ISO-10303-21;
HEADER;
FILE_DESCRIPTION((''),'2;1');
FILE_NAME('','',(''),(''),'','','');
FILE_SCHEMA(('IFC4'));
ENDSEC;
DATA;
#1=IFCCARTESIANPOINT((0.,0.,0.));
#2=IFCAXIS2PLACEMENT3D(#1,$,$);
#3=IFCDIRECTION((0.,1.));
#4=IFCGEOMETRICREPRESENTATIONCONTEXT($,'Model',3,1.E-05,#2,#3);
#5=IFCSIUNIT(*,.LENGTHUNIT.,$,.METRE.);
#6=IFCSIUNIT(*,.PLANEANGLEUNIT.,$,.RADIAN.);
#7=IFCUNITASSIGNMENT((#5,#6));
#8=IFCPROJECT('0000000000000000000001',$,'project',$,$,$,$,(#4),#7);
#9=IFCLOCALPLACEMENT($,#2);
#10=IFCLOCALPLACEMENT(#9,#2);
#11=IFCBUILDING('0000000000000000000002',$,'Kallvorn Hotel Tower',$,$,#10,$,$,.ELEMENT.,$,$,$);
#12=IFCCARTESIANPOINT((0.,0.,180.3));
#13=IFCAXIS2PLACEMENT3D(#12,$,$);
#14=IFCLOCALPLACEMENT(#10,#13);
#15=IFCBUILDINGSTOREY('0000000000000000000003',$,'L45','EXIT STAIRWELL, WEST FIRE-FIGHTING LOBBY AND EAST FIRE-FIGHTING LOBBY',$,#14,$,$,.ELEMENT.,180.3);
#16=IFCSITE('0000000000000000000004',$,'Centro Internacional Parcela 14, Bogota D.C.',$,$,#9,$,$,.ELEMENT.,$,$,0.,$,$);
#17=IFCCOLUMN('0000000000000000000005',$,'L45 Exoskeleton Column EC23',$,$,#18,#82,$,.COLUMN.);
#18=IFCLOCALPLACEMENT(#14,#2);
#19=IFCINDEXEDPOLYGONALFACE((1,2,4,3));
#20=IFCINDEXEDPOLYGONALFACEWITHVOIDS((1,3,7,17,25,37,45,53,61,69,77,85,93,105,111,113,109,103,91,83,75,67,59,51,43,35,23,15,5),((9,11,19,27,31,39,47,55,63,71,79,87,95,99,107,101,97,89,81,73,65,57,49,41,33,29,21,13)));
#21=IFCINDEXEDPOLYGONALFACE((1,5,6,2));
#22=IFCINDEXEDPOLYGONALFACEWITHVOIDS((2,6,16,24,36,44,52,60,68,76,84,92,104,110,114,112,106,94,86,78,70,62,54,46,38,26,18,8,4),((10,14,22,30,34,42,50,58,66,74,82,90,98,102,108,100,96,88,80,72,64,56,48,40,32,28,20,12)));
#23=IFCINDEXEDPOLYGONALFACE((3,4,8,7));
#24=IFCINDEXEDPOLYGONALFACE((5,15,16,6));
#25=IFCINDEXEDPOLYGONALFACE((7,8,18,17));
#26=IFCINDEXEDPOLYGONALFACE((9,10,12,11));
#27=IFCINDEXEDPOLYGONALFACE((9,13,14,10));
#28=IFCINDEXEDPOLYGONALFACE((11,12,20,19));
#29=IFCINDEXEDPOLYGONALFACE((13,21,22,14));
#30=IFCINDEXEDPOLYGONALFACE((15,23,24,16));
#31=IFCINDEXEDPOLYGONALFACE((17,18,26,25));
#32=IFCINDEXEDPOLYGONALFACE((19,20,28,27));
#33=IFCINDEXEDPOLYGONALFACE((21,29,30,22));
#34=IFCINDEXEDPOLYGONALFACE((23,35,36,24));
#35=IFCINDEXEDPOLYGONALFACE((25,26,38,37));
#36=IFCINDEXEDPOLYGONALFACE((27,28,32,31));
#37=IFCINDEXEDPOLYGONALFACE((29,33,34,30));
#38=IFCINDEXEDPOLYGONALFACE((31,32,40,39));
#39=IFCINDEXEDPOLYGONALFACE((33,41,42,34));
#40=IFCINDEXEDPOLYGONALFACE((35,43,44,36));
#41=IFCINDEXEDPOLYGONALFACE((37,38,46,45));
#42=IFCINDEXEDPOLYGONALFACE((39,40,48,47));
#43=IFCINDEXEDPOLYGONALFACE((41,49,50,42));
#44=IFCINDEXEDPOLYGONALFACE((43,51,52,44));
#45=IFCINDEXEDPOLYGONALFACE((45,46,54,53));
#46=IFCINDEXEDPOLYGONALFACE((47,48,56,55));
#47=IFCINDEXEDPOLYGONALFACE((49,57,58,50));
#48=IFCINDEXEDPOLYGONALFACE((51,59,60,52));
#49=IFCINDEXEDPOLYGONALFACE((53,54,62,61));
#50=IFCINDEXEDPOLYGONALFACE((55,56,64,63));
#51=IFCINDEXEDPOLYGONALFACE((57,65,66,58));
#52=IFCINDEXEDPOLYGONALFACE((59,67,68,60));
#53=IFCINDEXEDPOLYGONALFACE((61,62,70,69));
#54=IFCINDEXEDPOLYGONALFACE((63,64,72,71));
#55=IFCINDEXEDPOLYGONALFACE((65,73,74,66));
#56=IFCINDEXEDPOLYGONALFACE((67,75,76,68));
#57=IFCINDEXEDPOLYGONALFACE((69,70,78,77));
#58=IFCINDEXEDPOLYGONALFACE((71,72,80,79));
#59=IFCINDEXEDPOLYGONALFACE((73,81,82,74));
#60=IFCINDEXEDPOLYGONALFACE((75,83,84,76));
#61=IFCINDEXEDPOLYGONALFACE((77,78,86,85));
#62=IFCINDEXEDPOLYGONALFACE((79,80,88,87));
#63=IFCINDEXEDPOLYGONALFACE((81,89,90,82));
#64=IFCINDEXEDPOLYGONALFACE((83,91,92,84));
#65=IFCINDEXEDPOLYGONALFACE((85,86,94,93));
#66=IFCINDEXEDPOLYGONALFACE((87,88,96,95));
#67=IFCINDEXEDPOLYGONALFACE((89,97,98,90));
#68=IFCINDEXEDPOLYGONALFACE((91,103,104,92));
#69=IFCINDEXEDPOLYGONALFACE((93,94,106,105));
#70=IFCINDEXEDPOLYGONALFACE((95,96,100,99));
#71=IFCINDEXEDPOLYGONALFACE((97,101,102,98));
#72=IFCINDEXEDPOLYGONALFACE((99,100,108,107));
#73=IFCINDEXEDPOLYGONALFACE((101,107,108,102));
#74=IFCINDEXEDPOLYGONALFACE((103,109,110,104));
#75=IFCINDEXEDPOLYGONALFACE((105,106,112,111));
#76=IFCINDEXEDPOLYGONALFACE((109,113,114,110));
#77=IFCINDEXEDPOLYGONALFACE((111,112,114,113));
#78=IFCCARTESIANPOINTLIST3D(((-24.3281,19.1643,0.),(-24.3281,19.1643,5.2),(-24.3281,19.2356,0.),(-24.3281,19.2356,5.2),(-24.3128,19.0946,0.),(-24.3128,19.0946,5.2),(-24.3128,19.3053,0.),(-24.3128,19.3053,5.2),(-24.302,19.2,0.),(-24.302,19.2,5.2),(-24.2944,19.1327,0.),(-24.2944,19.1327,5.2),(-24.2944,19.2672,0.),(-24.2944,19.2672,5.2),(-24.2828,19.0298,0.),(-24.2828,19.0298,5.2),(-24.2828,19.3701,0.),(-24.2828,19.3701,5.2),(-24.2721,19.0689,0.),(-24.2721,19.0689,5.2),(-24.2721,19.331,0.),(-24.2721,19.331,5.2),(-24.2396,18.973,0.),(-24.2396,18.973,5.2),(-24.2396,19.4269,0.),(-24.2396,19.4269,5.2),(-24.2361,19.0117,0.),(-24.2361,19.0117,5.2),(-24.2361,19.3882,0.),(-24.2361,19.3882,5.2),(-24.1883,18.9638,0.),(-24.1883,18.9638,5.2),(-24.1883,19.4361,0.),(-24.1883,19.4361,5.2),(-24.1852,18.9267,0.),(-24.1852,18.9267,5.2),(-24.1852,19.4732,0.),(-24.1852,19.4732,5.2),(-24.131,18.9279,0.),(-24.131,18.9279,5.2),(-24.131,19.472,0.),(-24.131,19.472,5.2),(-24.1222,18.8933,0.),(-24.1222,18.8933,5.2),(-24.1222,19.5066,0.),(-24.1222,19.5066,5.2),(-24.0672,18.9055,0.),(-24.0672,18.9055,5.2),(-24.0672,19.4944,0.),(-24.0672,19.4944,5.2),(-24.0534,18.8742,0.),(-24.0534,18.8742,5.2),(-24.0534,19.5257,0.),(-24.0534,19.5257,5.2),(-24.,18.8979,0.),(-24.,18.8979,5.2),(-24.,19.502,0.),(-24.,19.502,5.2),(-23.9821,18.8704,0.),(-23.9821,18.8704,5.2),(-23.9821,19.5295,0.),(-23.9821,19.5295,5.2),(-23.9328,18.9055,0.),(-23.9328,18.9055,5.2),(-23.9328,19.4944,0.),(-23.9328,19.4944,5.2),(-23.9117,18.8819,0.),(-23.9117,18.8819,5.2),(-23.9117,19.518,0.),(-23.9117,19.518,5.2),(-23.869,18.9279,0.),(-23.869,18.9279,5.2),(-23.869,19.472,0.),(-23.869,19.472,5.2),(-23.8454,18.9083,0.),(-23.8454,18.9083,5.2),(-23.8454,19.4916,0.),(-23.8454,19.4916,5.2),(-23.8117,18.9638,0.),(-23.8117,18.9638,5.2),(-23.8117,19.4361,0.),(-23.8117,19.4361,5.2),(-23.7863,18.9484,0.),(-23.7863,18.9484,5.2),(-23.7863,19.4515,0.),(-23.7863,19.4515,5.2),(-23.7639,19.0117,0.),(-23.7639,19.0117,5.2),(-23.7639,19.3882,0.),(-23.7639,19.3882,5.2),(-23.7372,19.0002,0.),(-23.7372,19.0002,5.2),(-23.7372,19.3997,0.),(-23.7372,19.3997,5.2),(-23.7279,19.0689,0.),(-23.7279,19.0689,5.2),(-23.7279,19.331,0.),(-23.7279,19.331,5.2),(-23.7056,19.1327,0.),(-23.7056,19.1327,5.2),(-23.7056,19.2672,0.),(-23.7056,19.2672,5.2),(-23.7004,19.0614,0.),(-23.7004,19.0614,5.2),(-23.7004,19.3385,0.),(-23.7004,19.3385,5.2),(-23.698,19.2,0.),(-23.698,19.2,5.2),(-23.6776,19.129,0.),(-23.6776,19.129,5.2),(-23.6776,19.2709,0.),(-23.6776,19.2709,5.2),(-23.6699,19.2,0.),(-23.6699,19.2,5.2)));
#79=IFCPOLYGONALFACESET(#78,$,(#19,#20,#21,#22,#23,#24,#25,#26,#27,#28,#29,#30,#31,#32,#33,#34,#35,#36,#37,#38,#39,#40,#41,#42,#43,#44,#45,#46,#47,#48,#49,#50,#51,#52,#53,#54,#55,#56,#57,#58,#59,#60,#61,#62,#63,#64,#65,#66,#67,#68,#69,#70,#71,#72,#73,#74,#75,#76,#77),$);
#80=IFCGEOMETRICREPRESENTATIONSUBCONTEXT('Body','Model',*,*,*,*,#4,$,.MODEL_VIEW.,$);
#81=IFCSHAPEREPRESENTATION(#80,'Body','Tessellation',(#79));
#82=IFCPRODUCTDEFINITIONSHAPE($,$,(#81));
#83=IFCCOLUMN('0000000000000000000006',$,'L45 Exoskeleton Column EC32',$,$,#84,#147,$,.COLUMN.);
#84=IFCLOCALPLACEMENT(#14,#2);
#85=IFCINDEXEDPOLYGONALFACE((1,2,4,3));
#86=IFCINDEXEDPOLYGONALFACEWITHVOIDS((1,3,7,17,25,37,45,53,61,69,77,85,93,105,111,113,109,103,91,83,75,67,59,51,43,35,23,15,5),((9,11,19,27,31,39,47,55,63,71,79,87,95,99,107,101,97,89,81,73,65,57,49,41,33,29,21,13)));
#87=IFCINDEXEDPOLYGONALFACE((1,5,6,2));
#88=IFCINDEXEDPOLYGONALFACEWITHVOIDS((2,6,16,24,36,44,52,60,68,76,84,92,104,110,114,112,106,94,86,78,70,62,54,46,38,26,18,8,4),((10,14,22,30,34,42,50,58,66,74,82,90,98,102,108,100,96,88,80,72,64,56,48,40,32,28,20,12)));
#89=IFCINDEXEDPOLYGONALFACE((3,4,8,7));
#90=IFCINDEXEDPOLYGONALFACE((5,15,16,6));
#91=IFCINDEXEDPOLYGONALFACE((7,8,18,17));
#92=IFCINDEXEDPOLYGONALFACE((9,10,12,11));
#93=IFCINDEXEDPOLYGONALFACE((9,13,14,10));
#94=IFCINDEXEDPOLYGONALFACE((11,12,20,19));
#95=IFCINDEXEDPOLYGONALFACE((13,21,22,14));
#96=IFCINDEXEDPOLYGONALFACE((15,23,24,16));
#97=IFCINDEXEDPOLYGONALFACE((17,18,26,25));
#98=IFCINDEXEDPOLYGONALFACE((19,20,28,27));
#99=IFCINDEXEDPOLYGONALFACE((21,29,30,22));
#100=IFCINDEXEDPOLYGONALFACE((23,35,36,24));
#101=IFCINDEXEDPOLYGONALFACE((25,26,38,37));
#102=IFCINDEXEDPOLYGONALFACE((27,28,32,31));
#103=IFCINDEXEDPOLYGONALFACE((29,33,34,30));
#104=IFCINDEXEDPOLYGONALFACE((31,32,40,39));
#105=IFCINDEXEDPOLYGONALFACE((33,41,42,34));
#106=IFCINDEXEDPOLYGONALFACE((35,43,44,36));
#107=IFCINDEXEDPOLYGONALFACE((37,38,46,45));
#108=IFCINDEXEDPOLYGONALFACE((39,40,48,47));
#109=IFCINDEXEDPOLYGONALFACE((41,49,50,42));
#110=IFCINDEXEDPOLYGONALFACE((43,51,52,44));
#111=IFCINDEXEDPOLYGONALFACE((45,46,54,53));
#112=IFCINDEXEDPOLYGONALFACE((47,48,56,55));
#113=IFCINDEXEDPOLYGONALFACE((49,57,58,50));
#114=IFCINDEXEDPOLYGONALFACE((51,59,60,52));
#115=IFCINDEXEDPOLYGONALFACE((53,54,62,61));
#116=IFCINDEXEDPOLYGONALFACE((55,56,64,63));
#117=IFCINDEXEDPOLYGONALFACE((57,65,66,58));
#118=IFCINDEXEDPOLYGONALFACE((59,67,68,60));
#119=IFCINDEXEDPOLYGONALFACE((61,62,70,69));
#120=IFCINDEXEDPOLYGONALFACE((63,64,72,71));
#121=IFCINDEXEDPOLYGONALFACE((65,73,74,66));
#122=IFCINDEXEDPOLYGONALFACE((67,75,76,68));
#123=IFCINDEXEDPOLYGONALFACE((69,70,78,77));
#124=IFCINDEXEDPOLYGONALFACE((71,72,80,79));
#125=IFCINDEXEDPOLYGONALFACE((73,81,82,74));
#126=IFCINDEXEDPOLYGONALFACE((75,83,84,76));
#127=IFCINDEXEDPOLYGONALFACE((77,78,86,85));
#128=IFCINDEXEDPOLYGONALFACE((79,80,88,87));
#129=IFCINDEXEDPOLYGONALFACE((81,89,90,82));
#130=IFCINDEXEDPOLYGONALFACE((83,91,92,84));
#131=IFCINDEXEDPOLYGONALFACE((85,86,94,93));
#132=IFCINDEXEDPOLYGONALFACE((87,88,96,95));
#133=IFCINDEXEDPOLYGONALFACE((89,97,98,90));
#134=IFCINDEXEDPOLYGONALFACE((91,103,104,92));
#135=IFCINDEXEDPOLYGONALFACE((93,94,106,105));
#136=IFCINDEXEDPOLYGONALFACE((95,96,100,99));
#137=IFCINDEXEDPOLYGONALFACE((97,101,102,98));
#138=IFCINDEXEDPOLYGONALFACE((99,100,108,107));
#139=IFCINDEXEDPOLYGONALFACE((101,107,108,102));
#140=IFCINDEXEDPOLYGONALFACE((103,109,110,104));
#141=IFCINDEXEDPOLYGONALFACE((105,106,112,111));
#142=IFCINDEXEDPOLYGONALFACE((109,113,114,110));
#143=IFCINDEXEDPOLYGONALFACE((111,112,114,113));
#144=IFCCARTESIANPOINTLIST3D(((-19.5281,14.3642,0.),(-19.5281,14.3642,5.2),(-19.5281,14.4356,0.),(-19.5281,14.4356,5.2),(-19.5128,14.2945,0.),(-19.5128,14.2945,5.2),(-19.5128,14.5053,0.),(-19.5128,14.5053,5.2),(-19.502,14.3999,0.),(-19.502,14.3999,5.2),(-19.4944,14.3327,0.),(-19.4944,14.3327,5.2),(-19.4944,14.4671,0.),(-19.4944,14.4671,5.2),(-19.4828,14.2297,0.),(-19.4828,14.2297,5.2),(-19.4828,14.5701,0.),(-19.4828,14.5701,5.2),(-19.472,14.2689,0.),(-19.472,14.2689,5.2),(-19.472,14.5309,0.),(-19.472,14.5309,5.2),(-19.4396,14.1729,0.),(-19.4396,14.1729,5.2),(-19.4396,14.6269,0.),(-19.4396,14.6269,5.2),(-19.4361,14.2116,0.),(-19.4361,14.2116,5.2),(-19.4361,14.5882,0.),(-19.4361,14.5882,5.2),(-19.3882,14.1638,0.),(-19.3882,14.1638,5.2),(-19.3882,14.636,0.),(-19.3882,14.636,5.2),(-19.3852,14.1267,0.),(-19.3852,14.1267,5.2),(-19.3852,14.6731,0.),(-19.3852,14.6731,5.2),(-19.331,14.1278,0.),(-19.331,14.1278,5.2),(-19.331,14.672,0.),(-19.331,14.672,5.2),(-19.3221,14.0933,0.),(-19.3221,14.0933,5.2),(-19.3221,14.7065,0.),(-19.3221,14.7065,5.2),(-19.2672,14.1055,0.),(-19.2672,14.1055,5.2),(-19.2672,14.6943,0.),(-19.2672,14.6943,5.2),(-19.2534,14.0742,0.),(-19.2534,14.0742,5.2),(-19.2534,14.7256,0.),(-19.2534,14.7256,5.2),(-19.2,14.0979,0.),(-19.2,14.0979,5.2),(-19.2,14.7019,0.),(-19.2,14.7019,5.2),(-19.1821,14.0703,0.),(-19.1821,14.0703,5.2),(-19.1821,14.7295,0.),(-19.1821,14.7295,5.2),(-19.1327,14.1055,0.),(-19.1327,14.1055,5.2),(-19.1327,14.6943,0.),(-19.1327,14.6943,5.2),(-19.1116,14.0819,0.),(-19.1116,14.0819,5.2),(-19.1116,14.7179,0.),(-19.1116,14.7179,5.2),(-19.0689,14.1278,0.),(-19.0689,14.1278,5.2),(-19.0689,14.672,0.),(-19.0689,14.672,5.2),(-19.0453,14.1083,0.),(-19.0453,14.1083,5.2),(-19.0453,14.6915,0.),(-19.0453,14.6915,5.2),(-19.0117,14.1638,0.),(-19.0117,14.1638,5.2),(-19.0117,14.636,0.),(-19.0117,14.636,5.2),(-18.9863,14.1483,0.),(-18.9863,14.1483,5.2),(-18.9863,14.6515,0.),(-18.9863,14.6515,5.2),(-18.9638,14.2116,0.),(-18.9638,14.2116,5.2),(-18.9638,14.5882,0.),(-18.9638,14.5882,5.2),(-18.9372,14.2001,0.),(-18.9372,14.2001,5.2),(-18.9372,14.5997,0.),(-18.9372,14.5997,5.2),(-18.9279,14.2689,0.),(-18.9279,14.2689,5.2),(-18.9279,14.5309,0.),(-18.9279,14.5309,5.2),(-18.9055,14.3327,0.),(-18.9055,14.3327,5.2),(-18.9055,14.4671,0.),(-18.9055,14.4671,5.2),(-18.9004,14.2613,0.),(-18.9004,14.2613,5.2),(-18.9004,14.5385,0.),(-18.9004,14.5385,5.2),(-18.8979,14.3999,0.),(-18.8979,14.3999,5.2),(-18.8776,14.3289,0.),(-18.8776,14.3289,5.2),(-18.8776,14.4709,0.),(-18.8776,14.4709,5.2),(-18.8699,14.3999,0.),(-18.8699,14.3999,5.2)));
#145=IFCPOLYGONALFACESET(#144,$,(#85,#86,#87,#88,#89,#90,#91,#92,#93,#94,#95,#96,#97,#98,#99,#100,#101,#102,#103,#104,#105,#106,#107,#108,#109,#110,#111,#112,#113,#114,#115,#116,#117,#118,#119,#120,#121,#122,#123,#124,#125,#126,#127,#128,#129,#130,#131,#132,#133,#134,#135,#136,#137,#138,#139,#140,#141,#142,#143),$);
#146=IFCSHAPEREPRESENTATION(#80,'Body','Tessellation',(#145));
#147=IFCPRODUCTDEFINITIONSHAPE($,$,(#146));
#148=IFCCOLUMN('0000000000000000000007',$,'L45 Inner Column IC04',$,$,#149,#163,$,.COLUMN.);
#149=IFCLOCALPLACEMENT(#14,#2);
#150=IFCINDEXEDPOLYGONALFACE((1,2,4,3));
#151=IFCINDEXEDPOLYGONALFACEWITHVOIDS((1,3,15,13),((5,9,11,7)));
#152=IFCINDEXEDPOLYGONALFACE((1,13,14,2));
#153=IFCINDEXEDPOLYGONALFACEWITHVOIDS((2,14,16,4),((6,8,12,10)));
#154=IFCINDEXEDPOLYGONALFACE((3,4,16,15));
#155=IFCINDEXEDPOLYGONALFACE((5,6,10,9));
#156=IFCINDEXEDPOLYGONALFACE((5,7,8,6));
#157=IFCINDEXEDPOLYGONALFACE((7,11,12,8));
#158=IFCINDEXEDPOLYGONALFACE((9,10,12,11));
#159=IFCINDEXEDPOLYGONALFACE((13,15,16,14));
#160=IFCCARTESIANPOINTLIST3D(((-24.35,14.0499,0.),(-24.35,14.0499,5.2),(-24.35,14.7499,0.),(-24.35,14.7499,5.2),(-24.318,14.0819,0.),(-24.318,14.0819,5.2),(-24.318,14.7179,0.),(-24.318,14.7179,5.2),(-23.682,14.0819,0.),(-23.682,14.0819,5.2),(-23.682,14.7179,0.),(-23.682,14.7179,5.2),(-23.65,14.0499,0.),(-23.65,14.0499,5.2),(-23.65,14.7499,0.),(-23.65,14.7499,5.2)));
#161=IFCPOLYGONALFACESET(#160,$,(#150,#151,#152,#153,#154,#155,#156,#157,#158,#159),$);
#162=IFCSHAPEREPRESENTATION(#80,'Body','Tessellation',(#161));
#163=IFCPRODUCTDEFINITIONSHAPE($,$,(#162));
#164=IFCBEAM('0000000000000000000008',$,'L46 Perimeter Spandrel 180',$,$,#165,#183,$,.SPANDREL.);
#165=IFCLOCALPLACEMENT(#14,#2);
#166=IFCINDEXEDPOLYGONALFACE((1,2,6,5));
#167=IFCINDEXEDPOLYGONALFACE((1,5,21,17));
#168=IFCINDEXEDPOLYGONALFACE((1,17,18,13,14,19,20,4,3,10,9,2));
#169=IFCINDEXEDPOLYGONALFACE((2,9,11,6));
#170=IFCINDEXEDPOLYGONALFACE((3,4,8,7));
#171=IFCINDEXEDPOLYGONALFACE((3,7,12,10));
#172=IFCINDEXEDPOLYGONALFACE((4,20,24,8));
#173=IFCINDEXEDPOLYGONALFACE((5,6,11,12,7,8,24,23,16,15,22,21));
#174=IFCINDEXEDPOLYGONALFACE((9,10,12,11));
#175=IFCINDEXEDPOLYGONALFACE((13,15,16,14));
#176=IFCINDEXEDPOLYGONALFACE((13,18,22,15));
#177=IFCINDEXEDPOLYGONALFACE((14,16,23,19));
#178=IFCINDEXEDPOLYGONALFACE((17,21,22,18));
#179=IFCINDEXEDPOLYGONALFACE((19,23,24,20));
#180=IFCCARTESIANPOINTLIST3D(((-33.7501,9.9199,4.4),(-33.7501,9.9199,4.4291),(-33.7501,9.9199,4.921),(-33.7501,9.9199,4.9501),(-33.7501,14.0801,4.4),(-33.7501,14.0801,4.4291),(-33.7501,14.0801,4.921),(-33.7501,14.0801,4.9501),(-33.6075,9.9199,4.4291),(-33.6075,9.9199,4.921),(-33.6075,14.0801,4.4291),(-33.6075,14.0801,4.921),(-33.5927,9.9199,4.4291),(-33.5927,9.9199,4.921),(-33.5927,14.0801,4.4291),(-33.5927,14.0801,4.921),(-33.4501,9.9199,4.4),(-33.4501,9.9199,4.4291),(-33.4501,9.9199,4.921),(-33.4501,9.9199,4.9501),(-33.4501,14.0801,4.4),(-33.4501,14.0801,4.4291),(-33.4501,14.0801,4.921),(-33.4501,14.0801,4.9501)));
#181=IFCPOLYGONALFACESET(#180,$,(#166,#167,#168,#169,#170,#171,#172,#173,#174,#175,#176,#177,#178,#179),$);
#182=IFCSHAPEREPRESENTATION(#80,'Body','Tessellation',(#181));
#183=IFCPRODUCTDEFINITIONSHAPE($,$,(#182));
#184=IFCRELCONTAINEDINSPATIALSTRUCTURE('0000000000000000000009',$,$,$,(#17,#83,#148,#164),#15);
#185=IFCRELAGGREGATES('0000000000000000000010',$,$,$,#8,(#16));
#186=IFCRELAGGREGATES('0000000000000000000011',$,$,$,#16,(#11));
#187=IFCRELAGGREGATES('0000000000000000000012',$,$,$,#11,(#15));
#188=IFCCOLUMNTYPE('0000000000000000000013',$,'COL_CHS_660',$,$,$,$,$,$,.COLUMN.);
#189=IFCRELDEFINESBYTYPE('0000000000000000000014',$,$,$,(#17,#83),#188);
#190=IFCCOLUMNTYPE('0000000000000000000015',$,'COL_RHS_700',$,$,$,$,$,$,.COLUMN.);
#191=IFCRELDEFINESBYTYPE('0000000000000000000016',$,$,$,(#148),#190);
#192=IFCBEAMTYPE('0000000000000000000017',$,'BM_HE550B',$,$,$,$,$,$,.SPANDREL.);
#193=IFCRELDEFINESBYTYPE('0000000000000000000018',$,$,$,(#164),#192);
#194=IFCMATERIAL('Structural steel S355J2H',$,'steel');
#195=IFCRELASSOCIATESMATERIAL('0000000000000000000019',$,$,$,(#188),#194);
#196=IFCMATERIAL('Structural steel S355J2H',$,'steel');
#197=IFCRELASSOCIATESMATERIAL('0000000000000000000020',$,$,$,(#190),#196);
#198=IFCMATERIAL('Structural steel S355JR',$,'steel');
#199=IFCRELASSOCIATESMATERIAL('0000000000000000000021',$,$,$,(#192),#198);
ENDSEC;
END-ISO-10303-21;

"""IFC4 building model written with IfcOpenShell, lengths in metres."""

from ifc_helpers import new_model, si_unit, direction, frame, origin, origin_2d, place, context, subcontext, project, spatial, hollow_rectangle, hollow_circle, i_section, extrude, material, material_profile, profile_set, type_object, element, save


model = new_model("IFC4")

# Units and contexts
model_context = context("Model", 3, precision=1e-05, world=origin(), true_north=direction((0.0, 1.0)))
body_context = subcontext(model_context, "Body", "Model", "MODEL_VIEW")
ifc_project = project(units=[si_unit("LENGTHUNIT", "METRE"), si_unit("PLANEANGLEUNIT", "RADIAN")], contexts=[model_context])

# Site, building, storey
site_placement = place(None, origin())
site = spatial("IfcSite", under=ifc_project, at=site_placement, Name="Centro Internacional Parcela 14, Bogota D.C.", CompositionType="ELEMENT", RefElevation=0.0)
building_placement = place(site_placement, origin())
building = spatial("IfcBuilding", under=site, at=building_placement, Name="Kallvorn Hotel Tower", CompositionType="ELEMENT")
storey_placement = place(building_placement, frame((0.0, 0.0, 180.3)))
storey = spatial("IfcBuildingStorey", under=building, at=storey_placement, Name="L45", Description="EXIT STAIRWELL, WEST FIRE-FIGHTING LOBBY AND EAST FIRE-FIGHTING LOBBY", CompositionType="ELEMENT", Elevation=180.3)

# Columns
ifc_material_1 = material(Name="Structural steel S355J2H", Category="steel")
ifc_material_profile_1 = material_profile(ifc_material_1, hollow_circle(Radius=0.3301, WallThickness=0.0281, at=origin_2d()), Name="CHS 660x28")
ifc_profile_set_1 = profile_set([ifc_material_profile_1], Name="Structural steel S355J2H")
column_type_1 = type_object("IfcColumnType", Name="COL_CHS_660", PredefinedType="COLUMN", material=ifc_profile_set_1)
for number, where, z_axis, x_axis, name in (
    (1, (-24.0, 19.2, 0.0), (0.0, 0.0, 1.0), (1.0, 0.0, 0.0), "L45 Exoskeleton Column EC23"),
    (2, (-19.2, 14.3999, 0.0), (0.0, 0.0, 1.0), (1.0, 0.0, 0.0), "L45 Exoskeleton Column EC32"),
):
    element("IfcColumn", number, at=place(storey_placement, frame(where, z_axis=z_axis, x_axis=x_axis)), inside=storey, type_object=column_type_1, Name=name, PredefinedType="COLUMN", context=body_context, shape_type="SweptSolid", body=[
        extrude(hollow_circle(Radius=0.3301, WallThickness=0.0281, at=origin_2d()), origin(), (0.0, 0.0, 1.0), 5.2),
    ])
ifc_material_2 = material(Name="Structural steel S355J2H", Category="steel")
ifc_material_profile_2 = material_profile(ifc_material_2, hollow_rectangle(XDim=0.7, YDim=0.7, WallThickness=0.032, at=origin_2d()), Name="RHS 700x700x32")
ifc_profile_set_2 = profile_set([ifc_material_profile_2], Name="Structural steel S355J2H")
column_type_2 = type_object("IfcColumnType", Name="COL_RHS_700", PredefinedType="COLUMN", material=ifc_profile_set_2)
column_placement = place(storey_placement, frame((-24.0, 14.3999, 0.0), z_axis=(0.0, 0.0, 1.0), x_axis=(1.0, 0.0, 0.0)))
element("IfcColumn", 3, at=column_placement, inside=storey, type_object=column_type_2, Name="L45 Inner Column IC04", PredefinedType="COLUMN", context=body_context, shape_type="SweptSolid", body=[
    extrude(hollow_rectangle(XDim=0.7, YDim=0.7, WallThickness=0.032, at=origin_2d()), origin(), (0.0, 0.0, 1.0), 5.2),
])

# Beam
ifc_material_3 = material(Name="Structural steel S355JR", Category="steel")
ifc_material_profile_3 = material_profile(ifc_material_3, i_section(OverallWidth=0.3, OverallDepth=0.55, WebThickness=0.0149, FlangeThickness=0.0291, at=origin_2d()), Name="HE 550 B")
ifc_profile_set_3 = profile_set([ifc_material_profile_3], Name="Structural steel S355JR")
beam_type_1 = type_object("IfcBeamType", Name="BM_HE550B", PredefinedType="SPANDREL", material=ifc_profile_set_3)
beam_1_placement = place(storey_placement, frame((-33.6001, 9.9199, 4.675), z_axis=(0.0, 1.0, 0.0), x_axis=(-1.0, 0.0, 0.0)))
element("IfcBeam", 4, at=beam_1_placement, inside=storey, type_object=beam_type_1, Name="L46 Perimeter Spandrel 180", PredefinedType="SPANDREL", context=body_context, shape_type="SweptSolid", body=[
    extrude(i_section(OverallWidth=0.3, OverallDepth=0.55, WebThickness=0.0149, FlangeThickness=0.0291, at=origin_2d()), origin(), (0.0, 0.0, 1.0), 4.1602),
])

save(model, "model.ifc")
